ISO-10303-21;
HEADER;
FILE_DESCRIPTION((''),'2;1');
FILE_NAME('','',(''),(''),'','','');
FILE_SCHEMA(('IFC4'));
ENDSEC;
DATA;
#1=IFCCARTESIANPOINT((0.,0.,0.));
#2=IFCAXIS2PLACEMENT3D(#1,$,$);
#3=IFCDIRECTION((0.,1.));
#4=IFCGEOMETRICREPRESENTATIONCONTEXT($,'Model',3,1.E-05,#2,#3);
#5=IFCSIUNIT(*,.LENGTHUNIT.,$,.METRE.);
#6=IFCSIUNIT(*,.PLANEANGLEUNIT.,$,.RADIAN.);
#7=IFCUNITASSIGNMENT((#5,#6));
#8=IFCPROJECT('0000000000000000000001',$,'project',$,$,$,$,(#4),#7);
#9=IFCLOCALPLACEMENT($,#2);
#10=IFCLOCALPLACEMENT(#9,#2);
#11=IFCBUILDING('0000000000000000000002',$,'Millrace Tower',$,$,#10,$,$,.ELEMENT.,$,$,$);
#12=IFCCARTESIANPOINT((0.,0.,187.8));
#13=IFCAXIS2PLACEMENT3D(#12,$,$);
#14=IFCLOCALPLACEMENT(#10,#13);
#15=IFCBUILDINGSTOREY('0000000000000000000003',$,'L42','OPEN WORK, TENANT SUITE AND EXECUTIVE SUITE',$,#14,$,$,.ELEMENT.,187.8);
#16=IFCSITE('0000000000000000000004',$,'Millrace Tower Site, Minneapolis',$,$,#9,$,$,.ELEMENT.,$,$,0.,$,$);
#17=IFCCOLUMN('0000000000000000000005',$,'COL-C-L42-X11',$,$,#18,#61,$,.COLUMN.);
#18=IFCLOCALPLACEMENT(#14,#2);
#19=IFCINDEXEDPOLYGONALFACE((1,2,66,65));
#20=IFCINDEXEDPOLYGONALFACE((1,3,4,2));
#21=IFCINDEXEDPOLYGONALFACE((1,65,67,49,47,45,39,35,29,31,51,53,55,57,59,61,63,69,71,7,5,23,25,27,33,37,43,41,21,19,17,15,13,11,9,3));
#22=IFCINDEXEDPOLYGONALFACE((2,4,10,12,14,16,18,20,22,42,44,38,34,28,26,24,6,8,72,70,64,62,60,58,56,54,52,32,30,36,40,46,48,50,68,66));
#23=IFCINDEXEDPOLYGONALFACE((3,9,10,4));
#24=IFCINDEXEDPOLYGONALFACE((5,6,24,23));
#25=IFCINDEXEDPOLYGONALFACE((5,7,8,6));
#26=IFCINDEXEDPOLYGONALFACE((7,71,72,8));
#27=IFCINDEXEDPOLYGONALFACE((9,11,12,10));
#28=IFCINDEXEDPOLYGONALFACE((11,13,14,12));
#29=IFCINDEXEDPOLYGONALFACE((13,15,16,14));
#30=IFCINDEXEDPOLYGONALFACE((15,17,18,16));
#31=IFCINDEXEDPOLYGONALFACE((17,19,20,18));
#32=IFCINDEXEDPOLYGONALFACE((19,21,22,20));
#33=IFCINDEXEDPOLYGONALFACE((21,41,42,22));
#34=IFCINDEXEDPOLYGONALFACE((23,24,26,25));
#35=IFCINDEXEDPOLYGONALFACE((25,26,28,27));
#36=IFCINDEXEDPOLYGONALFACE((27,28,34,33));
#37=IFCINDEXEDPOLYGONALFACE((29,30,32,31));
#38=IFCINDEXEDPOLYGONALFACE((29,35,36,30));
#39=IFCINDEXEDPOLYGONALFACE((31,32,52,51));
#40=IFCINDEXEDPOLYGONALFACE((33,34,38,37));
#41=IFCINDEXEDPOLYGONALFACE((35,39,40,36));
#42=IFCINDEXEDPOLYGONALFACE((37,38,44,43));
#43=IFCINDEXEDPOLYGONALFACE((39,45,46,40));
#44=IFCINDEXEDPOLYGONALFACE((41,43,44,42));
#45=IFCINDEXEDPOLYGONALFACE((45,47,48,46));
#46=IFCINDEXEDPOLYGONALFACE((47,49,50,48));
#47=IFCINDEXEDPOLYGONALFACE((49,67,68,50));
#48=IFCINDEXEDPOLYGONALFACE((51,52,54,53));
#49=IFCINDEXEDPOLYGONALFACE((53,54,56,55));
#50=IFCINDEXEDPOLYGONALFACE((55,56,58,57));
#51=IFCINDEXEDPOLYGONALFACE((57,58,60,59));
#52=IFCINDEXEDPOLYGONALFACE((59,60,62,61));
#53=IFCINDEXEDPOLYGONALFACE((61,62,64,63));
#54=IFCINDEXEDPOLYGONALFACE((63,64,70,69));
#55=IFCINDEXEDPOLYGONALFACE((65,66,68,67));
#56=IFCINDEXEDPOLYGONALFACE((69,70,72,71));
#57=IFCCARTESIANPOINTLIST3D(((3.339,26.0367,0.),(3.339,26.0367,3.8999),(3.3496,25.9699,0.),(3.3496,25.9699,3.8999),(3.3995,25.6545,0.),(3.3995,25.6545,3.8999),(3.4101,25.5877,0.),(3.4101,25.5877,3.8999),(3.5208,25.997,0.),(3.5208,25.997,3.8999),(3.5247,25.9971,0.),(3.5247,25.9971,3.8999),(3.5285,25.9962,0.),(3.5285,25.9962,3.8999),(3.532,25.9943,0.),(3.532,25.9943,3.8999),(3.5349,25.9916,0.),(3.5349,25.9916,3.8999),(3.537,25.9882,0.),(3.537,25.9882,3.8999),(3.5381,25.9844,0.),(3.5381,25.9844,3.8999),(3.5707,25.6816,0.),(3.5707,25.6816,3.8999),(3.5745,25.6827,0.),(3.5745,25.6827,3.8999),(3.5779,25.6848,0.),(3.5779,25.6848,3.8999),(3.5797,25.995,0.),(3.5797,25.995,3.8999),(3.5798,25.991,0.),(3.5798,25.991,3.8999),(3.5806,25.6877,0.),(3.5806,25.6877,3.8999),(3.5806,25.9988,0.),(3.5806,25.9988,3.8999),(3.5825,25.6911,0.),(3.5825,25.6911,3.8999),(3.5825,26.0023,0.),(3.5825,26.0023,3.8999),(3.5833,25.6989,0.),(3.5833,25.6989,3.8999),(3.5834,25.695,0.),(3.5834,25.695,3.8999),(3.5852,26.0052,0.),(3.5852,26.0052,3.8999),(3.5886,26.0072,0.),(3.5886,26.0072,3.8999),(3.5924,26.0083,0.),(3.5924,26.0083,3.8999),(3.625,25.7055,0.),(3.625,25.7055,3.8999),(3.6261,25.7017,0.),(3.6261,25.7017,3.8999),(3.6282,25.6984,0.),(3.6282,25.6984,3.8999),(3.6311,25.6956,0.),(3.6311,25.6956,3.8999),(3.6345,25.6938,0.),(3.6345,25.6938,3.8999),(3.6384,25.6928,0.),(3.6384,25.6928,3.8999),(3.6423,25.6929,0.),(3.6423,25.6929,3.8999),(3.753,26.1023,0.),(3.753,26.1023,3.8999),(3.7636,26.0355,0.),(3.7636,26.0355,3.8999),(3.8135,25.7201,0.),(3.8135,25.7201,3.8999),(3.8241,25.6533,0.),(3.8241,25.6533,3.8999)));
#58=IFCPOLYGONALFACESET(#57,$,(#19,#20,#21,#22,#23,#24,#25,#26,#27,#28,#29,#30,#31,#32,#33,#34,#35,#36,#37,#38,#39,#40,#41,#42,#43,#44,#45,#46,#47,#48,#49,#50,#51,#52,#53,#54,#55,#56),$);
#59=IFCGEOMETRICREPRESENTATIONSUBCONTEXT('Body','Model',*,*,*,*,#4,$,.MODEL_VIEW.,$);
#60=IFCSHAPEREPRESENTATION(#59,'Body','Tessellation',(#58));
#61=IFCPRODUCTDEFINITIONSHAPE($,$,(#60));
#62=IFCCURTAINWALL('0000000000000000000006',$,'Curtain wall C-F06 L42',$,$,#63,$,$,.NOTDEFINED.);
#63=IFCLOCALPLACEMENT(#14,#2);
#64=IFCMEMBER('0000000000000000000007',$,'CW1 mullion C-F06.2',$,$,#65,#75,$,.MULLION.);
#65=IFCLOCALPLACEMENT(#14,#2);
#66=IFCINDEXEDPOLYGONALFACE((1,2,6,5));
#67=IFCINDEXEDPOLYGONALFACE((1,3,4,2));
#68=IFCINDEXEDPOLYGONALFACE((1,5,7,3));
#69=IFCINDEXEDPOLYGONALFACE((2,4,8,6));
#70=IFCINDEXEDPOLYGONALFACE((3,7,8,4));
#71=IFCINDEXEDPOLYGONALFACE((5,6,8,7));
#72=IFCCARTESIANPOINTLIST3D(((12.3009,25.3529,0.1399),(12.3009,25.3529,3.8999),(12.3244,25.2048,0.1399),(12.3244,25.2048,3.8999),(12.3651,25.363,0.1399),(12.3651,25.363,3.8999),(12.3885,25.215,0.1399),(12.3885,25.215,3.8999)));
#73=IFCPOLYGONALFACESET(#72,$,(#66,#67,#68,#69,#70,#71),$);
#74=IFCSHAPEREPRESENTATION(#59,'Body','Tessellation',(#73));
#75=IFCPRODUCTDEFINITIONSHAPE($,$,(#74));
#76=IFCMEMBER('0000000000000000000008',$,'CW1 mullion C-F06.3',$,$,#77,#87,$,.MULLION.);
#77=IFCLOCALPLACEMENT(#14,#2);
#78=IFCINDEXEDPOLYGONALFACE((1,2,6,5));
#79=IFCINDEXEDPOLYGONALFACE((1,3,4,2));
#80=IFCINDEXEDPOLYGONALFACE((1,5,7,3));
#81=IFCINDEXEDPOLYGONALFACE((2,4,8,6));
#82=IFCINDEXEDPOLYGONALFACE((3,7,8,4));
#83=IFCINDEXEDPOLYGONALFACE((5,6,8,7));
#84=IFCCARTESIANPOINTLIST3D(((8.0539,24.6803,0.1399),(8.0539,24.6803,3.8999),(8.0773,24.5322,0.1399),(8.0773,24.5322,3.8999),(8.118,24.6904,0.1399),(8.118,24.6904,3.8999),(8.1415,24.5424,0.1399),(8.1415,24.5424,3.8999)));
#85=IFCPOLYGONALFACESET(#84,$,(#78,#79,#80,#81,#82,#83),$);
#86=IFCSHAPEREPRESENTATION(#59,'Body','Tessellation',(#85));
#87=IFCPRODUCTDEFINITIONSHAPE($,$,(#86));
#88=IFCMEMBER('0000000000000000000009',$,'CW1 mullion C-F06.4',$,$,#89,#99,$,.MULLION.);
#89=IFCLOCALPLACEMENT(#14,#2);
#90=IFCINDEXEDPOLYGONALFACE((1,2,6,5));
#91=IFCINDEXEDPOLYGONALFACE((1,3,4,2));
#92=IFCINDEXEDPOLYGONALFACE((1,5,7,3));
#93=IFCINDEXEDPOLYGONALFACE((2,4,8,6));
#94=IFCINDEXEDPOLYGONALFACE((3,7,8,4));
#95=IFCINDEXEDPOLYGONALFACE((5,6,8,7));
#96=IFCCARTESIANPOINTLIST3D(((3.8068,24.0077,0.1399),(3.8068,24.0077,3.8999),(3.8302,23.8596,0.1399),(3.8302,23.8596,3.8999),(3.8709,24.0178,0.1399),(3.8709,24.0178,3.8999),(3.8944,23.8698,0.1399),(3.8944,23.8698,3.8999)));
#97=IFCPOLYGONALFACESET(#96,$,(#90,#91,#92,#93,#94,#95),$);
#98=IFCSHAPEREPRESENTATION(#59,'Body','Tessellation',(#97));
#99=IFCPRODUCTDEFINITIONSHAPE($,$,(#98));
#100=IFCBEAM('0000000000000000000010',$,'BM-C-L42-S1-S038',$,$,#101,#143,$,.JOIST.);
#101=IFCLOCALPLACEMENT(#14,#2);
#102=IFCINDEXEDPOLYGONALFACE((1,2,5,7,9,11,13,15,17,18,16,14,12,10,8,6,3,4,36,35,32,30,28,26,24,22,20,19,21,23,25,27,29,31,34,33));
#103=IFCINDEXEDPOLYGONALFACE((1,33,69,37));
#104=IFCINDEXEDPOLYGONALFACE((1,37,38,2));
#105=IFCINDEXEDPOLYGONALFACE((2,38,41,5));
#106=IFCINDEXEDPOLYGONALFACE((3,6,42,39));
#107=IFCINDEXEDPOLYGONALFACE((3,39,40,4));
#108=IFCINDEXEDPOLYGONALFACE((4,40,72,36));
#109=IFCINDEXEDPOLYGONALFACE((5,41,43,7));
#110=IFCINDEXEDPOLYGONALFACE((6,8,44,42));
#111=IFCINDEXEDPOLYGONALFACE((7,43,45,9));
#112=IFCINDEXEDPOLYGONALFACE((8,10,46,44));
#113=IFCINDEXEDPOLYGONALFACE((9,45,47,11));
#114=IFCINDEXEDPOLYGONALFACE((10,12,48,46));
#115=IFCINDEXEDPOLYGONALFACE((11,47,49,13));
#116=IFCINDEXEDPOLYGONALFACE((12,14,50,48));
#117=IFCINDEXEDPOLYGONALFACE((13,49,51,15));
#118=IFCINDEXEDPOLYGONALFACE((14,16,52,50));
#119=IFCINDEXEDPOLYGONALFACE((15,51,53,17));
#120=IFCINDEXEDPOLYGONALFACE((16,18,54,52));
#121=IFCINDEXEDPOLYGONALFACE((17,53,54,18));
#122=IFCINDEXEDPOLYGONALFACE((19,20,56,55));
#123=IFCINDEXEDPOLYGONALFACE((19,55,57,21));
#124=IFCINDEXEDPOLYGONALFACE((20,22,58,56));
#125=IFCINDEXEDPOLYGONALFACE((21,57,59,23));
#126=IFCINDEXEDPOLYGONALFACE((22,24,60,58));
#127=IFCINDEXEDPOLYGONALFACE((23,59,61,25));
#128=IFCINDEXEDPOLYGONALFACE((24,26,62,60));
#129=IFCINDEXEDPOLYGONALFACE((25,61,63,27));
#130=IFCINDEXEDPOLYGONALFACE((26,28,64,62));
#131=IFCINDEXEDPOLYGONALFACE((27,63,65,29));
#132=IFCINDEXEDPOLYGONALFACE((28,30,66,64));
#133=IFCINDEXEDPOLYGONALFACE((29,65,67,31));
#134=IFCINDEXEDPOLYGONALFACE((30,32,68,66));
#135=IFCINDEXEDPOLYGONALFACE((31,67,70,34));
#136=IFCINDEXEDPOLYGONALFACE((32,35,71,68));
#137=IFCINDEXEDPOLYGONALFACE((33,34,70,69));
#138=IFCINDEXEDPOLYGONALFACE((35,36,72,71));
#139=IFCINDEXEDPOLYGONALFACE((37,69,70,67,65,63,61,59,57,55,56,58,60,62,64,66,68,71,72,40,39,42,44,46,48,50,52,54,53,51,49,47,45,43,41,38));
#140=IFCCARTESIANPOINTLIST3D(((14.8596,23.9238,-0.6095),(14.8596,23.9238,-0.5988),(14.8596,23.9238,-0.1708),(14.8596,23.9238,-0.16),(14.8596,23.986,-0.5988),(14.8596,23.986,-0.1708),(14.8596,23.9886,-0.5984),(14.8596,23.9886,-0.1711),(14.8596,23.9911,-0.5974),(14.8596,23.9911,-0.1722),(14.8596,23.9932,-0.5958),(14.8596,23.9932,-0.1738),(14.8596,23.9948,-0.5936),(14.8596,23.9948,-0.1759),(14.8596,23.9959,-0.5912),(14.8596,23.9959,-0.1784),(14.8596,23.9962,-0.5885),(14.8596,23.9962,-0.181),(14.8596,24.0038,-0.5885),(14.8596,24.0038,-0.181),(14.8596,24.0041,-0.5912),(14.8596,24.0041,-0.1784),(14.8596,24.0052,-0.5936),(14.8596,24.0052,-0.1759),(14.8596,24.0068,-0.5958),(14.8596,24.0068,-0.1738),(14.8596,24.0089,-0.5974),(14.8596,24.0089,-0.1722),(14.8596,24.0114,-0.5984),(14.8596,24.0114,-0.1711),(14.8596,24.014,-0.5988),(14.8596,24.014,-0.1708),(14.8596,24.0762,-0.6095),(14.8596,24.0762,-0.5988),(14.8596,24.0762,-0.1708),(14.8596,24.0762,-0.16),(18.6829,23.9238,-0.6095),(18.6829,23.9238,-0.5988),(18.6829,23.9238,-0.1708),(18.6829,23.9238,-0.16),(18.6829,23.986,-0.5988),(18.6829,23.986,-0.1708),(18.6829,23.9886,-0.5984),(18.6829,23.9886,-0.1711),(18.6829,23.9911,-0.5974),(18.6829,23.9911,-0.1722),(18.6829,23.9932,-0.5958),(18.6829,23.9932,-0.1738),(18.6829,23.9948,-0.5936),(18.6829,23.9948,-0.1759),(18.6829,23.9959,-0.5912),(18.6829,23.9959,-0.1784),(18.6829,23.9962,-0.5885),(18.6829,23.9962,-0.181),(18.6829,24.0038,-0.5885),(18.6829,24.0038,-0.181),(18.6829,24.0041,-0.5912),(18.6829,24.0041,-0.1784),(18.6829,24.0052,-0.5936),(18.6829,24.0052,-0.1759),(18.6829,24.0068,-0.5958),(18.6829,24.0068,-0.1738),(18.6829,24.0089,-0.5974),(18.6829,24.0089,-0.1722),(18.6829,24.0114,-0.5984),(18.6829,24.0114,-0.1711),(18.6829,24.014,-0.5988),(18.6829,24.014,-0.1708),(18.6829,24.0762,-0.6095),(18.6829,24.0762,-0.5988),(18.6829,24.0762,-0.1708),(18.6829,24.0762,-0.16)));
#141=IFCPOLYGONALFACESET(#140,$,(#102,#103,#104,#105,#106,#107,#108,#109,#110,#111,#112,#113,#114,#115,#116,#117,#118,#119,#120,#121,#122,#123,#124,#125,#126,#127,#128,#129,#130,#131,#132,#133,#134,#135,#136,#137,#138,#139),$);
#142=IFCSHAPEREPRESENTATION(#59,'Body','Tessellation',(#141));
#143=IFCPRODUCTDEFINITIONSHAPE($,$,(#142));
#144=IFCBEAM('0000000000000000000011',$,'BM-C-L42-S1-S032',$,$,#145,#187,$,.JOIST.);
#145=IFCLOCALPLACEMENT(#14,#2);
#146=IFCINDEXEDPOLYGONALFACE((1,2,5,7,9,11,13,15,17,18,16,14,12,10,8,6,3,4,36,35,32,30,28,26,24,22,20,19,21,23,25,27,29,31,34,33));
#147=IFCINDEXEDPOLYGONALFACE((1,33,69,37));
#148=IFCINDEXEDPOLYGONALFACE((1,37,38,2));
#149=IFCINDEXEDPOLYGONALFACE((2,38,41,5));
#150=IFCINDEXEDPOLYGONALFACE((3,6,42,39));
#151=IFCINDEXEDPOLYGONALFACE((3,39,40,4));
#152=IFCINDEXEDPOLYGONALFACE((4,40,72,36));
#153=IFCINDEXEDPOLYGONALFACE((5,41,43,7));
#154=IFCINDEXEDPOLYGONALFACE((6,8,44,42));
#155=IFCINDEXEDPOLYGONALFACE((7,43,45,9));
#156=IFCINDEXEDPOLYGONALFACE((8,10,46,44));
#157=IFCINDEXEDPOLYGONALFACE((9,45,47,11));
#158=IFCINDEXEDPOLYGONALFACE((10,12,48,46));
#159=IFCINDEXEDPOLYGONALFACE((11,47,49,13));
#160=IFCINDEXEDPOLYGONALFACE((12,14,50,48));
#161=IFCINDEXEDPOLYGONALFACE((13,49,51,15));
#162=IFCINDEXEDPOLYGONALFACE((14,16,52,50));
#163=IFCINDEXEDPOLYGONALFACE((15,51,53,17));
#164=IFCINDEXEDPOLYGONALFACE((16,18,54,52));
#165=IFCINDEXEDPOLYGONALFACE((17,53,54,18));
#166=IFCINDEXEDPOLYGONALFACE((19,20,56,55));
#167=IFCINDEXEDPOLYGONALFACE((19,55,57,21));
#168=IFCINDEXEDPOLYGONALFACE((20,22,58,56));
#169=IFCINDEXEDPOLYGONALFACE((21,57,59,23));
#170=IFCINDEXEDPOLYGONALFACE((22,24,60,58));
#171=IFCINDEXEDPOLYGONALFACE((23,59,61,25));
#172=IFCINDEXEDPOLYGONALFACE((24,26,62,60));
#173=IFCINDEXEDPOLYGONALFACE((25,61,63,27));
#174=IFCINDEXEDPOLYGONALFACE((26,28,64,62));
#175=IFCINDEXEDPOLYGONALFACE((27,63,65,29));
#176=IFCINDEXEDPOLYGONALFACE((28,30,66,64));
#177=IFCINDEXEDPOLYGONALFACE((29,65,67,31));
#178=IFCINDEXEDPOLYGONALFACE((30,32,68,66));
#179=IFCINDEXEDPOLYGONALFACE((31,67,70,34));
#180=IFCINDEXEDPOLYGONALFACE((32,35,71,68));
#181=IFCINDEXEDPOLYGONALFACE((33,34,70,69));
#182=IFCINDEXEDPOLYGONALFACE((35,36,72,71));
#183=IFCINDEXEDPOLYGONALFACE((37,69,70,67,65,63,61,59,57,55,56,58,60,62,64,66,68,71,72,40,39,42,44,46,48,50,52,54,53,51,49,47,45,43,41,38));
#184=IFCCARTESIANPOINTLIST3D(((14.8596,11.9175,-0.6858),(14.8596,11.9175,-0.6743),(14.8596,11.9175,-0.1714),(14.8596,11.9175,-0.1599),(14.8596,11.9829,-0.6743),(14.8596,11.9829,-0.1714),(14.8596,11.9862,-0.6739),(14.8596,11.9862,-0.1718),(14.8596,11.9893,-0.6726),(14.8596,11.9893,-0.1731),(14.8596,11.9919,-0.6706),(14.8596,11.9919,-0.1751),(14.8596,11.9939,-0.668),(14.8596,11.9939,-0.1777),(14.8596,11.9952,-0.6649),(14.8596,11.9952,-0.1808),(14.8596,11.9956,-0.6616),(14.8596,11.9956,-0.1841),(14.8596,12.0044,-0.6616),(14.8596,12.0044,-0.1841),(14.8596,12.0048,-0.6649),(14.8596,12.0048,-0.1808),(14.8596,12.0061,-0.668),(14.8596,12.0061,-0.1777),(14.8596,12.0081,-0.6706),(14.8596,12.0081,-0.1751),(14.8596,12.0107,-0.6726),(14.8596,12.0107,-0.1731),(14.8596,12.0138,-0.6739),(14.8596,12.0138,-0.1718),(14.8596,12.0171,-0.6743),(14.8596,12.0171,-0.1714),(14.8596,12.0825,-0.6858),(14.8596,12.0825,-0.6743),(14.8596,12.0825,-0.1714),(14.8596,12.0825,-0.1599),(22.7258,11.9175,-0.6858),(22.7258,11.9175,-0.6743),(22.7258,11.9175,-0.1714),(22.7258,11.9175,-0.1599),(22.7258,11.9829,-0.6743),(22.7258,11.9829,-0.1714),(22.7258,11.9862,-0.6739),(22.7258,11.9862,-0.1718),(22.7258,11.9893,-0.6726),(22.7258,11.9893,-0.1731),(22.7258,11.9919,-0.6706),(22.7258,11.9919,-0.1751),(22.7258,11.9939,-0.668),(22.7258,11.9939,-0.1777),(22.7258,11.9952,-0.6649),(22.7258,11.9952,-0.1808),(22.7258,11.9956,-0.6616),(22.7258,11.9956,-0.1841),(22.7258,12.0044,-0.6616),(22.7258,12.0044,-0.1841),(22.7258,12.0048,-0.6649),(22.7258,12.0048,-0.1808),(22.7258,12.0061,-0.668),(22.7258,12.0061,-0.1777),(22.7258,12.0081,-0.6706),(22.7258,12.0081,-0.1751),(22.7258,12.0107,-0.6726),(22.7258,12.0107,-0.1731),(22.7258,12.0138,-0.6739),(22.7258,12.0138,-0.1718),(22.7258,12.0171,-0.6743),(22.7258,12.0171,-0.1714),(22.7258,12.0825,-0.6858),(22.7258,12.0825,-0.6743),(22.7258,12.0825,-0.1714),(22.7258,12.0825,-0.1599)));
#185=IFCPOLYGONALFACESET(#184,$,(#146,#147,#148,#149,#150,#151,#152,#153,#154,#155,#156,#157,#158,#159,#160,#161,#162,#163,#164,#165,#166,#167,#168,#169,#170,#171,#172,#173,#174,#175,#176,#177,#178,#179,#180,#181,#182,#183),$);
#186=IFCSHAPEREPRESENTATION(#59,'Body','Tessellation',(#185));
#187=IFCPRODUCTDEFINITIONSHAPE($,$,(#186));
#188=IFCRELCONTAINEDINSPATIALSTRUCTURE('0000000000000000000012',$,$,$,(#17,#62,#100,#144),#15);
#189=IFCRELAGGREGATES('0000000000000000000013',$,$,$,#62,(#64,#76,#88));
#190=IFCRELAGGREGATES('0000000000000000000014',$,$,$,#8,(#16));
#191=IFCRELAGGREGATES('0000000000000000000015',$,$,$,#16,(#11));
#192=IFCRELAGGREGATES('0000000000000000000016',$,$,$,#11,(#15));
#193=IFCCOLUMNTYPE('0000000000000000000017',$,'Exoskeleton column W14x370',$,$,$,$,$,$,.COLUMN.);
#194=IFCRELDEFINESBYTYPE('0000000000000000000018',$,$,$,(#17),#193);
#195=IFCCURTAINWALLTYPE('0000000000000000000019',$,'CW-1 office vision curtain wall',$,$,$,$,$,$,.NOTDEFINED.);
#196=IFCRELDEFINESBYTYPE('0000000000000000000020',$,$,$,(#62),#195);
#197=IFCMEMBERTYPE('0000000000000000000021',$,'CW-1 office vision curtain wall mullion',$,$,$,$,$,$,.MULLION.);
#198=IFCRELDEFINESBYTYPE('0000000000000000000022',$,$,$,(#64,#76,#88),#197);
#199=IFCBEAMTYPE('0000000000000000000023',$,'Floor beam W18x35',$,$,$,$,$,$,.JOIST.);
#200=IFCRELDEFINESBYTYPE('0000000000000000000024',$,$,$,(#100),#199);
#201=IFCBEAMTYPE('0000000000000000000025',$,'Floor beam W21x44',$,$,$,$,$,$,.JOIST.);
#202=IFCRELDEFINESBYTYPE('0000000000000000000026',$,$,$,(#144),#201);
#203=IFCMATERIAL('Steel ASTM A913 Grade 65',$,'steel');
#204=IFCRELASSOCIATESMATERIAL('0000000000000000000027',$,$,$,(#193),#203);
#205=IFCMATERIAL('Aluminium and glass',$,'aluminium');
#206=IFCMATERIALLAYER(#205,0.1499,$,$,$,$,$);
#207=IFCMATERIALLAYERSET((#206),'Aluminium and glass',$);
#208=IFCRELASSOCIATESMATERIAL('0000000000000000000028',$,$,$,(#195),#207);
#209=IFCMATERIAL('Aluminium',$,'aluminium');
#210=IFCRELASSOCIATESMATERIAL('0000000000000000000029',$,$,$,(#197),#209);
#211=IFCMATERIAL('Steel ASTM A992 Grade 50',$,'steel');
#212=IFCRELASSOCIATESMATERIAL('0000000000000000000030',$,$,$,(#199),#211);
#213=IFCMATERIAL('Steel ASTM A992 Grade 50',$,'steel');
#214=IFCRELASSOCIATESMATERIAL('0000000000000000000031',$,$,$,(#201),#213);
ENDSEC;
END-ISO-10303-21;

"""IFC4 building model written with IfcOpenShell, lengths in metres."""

from ifc_helpers import new_model, si_unit, direction, frame, origin, origin_2d, place, context, subcontext, project, spatial, rectangle, i_section, extrude, material, layer, layer_set, material_profile, profile_set, type_object, element, aggregate, save


model = new_model("IFC4")

# Units and contexts
model_context = context("Model", 3, precision=1e-05, world=origin(), true_north=direction((0.0, 1.0)))
body_context = subcontext(model_context, "Body", "Model", "MODEL_VIEW")
ifc_project = project(units=[si_unit("LENGTHUNIT", "METRE"), si_unit("PLANEANGLEUNIT", "RADIAN")], contexts=[model_context])

# Site, building, storey
site_placement = place(None, origin())
site = spatial("IfcSite", under=ifc_project, at=site_placement, Name="Millrace Tower Site, Minneapolis", CompositionType="ELEMENT", RefElevation=0.0)
building_placement = place(site_placement, origin())
building = spatial("IfcBuilding", under=site, at=building_placement, Name="Millrace Tower", CompositionType="ELEMENT")
storey_placement = place(building_placement, frame((0.0, 0.0, 187.8)))
storey = spatial("IfcBuildingStorey", under=building, at=storey_placement, Name="L42", Description="OPEN WORK, TENANT SUITE AND EXECUTIVE SUITE", CompositionType="ELEMENT", Elevation=187.8)

# Column
ifc_material_1 = material(Name="Steel ASTM A913 Grade 65", Category="steel")
ifc_material_profile_1 = material_profile(ifc_material_1, i_section(OverallWidth=0.4192, OverallDepth=0.4546, WebThickness=0.0422, FlangeThickness=0.0676, FilletRadius=0.0151, at=origin_2d()))
ifc_profile_set_1 = profile_set([ifc_material_profile_1], Name="Steel ASTM A913 Grade 65")
column_type = type_object("IfcColumnType", Name="Exoskeleton column W14x370", PredefinedType="COLUMN", material=ifc_profile_set_1)
column_placement = place(storey_placement, frame((3.5815, 25.845, 0.0), z_axis=(0.0, 0.0, 1.0), x_axis=(-0.987688, -0.156434, 0.0)))
element("IfcColumn", 1, at=column_placement, inside=storey, type_object=column_type, Name="COL-C-L42-X11", PredefinedType="COLUMN", context=body_context, shape_type="SweptSolid", body=[
    extrude(i_section(OverallWidth=0.4192, OverallDepth=0.4546, WebThickness=0.0422, FlangeThickness=0.0676, FilletRadius=0.0151, at=origin_2d()), origin(), (0.0, 0.0, 1.0), 3.8999),
])

# Curtain wall, members
ifc_material_2 = material(Name="Aluminium and glass", Category="aluminium")
ifc_layer_1 = layer(ifc_material_2, 0.1499)
ifc_layer_set_1 = layer_set([ifc_layer_1], Name="Aluminium and glass")
curtain_wall_type = type_object("IfcCurtainWallType", Name="CW-1 office vision curtain wall", PredefinedType="NOTDEFINED", material=ifc_layer_set_1)
curtain_wall_placement = place(storey_placement, origin())
curtain_wall = element("IfcCurtainWall", 2, at=curtain_wall_placement, inside=storey, type_object=curtain_wall_type, Name="Curtain wall C-F06 L42", PredefinedType="NOTDEFINED")
ifc_material_3 = material(Name="Aluminium", Category="aluminium")
ifc_material_profile_2 = material_profile(ifc_material_3, rectangle(XDim=0.0649, YDim=0.1499, at=origin_2d()))
ifc_profile_set_2 = profile_set([ifc_material_profile_2], Name="Aluminium")
member_type = type_object("IfcMemberType", Name="CW-1 office vision curtain wall mullion", PredefinedType="MULLION", material=ifc_profile_set_2)
member_1_placement = place(storey_placement, frame((12.3447, 25.2839, 0.1399), z_axis=(0.0, 0.0, 1.0), x_axis=(-0.987688, -0.156434, 0.0)))
member_1 = element("IfcMember", 3, at=member_1_placement, type_object=member_type, Name="CW1 mullion C-F06.2", PredefinedType="MULLION", context=body_context, shape_type="SweptSolid", body=[
    extrude(rectangle(XDim=0.0649, YDim=0.1499, at=origin_2d()), origin(), (0.0, 0.0, 1.0), 3.76),
])
member_2_placement = place(storey_placement, frame((8.0977, 24.6113, 0.1399), z_axis=(0.0, 0.0, 1.0), x_axis=(-0.987688, -0.156434, 0.0)))
member_2 = element("IfcMember", 4, at=member_2_placement, type_object=member_type, Name="CW1 mullion C-F06.3", PredefinedType="MULLION", context=body_context, shape_type="SweptSolid", body=[
    extrude(rectangle(XDim=0.0649, YDim=0.1499, at=origin_2d()), origin(), (0.0, 0.0, 1.0), 3.76),
])
member_3_placement = place(storey_placement, frame((3.8506, 23.9387, 0.1399), z_axis=(0.0, 0.0, 1.0), x_axis=(-0.987688, -0.156434, 0.0)))
member_3 = element("IfcMember", 5, at=member_3_placement, type_object=member_type, Name="CW1 mullion C-F06.4", PredefinedType="MULLION", context=body_context, shape_type="SweptSolid", body=[
    extrude(rectangle(XDim=0.0649, YDim=0.1499, at=origin_2d()), origin(), (0.0, 0.0, 1.0), 3.76),
])
aggregate(curtain_wall, [member_1, member_2, member_3])

# Beams
ifc_material_4 = material(Name="Steel ASTM A992 Grade 50", Category="steel")
ifc_material_profile_3 = material_profile(ifc_material_4, i_section(OverallWidth=0.1523, OverallDepth=0.4495, WebThickness=0.0076, FlangeThickness=0.0107, FilletRadius=0.0103, at=origin_2d()))
ifc_profile_set_3 = profile_set([ifc_material_profile_3], Name="Steel ASTM A992 Grade 50")
beam_type_1 = type_object("IfcBeamType", Name="Floor beam W18x35", PredefinedType="JOIST", material=ifc_profile_set_3)
beam_1_placement = place(storey_placement, frame((14.8596, 24.0, -0.3848), z_axis=(1.0, 0.0, 0.0), x_axis=(0.0, 1.0, 0.0)))
element("IfcBeam", 6, at=beam_1_placement, inside=storey, type_object=beam_type_1, Name="BM-C-L42-S1-S038", PredefinedType="JOIST", context=body_context, shape_type="SweptSolid", body=[
    extrude(i_section(OverallWidth=0.1523, OverallDepth=0.4495, WebThickness=0.0076, FlangeThickness=0.0107, FilletRadius=0.0103, at=origin_2d()), origin(), (0.0, 0.0, 1.0), 3.8232),
])
ifc_material_5 = material(Name="Steel ASTM A992 Grade 50", Category="steel")
ifc_material_profile_4 = material_profile(ifc_material_5, i_section(OverallWidth=0.165, OverallDepth=0.5259, WebThickness=0.0088, FlangeThickness=0.0115, FilletRadius=0.0127, at=origin_2d()))
ifc_profile_set_4 = profile_set([ifc_material_profile_4], Name="Steel ASTM A992 Grade 50")
beam_type_2 = type_object("IfcBeamType", Name="Floor beam W21x44", PredefinedType="JOIST", material=ifc_profile_set_4)
beam_2_placement = place(storey_placement, frame((14.8596, 12.0, -0.4229), z_axis=(1.0, 0.0, 0.0), x_axis=(0.0, 1.0, 0.0)))
element("IfcBeam", 7, at=beam_2_placement, inside=storey, type_object=beam_type_2, Name="BM-C-L42-S1-S032", PredefinedType="JOIST", context=body_context, shape_type="SweptSolid", body=[
    extrude(i_section(OverallWidth=0.165, OverallDepth=0.5259, WebThickness=0.0088, FlangeThickness=0.0115, FilletRadius=0.0127, at=origin_2d()), origin(), (0.0, 0.0, 1.0), 7.8662),
])

save(model, "model.ifc")
